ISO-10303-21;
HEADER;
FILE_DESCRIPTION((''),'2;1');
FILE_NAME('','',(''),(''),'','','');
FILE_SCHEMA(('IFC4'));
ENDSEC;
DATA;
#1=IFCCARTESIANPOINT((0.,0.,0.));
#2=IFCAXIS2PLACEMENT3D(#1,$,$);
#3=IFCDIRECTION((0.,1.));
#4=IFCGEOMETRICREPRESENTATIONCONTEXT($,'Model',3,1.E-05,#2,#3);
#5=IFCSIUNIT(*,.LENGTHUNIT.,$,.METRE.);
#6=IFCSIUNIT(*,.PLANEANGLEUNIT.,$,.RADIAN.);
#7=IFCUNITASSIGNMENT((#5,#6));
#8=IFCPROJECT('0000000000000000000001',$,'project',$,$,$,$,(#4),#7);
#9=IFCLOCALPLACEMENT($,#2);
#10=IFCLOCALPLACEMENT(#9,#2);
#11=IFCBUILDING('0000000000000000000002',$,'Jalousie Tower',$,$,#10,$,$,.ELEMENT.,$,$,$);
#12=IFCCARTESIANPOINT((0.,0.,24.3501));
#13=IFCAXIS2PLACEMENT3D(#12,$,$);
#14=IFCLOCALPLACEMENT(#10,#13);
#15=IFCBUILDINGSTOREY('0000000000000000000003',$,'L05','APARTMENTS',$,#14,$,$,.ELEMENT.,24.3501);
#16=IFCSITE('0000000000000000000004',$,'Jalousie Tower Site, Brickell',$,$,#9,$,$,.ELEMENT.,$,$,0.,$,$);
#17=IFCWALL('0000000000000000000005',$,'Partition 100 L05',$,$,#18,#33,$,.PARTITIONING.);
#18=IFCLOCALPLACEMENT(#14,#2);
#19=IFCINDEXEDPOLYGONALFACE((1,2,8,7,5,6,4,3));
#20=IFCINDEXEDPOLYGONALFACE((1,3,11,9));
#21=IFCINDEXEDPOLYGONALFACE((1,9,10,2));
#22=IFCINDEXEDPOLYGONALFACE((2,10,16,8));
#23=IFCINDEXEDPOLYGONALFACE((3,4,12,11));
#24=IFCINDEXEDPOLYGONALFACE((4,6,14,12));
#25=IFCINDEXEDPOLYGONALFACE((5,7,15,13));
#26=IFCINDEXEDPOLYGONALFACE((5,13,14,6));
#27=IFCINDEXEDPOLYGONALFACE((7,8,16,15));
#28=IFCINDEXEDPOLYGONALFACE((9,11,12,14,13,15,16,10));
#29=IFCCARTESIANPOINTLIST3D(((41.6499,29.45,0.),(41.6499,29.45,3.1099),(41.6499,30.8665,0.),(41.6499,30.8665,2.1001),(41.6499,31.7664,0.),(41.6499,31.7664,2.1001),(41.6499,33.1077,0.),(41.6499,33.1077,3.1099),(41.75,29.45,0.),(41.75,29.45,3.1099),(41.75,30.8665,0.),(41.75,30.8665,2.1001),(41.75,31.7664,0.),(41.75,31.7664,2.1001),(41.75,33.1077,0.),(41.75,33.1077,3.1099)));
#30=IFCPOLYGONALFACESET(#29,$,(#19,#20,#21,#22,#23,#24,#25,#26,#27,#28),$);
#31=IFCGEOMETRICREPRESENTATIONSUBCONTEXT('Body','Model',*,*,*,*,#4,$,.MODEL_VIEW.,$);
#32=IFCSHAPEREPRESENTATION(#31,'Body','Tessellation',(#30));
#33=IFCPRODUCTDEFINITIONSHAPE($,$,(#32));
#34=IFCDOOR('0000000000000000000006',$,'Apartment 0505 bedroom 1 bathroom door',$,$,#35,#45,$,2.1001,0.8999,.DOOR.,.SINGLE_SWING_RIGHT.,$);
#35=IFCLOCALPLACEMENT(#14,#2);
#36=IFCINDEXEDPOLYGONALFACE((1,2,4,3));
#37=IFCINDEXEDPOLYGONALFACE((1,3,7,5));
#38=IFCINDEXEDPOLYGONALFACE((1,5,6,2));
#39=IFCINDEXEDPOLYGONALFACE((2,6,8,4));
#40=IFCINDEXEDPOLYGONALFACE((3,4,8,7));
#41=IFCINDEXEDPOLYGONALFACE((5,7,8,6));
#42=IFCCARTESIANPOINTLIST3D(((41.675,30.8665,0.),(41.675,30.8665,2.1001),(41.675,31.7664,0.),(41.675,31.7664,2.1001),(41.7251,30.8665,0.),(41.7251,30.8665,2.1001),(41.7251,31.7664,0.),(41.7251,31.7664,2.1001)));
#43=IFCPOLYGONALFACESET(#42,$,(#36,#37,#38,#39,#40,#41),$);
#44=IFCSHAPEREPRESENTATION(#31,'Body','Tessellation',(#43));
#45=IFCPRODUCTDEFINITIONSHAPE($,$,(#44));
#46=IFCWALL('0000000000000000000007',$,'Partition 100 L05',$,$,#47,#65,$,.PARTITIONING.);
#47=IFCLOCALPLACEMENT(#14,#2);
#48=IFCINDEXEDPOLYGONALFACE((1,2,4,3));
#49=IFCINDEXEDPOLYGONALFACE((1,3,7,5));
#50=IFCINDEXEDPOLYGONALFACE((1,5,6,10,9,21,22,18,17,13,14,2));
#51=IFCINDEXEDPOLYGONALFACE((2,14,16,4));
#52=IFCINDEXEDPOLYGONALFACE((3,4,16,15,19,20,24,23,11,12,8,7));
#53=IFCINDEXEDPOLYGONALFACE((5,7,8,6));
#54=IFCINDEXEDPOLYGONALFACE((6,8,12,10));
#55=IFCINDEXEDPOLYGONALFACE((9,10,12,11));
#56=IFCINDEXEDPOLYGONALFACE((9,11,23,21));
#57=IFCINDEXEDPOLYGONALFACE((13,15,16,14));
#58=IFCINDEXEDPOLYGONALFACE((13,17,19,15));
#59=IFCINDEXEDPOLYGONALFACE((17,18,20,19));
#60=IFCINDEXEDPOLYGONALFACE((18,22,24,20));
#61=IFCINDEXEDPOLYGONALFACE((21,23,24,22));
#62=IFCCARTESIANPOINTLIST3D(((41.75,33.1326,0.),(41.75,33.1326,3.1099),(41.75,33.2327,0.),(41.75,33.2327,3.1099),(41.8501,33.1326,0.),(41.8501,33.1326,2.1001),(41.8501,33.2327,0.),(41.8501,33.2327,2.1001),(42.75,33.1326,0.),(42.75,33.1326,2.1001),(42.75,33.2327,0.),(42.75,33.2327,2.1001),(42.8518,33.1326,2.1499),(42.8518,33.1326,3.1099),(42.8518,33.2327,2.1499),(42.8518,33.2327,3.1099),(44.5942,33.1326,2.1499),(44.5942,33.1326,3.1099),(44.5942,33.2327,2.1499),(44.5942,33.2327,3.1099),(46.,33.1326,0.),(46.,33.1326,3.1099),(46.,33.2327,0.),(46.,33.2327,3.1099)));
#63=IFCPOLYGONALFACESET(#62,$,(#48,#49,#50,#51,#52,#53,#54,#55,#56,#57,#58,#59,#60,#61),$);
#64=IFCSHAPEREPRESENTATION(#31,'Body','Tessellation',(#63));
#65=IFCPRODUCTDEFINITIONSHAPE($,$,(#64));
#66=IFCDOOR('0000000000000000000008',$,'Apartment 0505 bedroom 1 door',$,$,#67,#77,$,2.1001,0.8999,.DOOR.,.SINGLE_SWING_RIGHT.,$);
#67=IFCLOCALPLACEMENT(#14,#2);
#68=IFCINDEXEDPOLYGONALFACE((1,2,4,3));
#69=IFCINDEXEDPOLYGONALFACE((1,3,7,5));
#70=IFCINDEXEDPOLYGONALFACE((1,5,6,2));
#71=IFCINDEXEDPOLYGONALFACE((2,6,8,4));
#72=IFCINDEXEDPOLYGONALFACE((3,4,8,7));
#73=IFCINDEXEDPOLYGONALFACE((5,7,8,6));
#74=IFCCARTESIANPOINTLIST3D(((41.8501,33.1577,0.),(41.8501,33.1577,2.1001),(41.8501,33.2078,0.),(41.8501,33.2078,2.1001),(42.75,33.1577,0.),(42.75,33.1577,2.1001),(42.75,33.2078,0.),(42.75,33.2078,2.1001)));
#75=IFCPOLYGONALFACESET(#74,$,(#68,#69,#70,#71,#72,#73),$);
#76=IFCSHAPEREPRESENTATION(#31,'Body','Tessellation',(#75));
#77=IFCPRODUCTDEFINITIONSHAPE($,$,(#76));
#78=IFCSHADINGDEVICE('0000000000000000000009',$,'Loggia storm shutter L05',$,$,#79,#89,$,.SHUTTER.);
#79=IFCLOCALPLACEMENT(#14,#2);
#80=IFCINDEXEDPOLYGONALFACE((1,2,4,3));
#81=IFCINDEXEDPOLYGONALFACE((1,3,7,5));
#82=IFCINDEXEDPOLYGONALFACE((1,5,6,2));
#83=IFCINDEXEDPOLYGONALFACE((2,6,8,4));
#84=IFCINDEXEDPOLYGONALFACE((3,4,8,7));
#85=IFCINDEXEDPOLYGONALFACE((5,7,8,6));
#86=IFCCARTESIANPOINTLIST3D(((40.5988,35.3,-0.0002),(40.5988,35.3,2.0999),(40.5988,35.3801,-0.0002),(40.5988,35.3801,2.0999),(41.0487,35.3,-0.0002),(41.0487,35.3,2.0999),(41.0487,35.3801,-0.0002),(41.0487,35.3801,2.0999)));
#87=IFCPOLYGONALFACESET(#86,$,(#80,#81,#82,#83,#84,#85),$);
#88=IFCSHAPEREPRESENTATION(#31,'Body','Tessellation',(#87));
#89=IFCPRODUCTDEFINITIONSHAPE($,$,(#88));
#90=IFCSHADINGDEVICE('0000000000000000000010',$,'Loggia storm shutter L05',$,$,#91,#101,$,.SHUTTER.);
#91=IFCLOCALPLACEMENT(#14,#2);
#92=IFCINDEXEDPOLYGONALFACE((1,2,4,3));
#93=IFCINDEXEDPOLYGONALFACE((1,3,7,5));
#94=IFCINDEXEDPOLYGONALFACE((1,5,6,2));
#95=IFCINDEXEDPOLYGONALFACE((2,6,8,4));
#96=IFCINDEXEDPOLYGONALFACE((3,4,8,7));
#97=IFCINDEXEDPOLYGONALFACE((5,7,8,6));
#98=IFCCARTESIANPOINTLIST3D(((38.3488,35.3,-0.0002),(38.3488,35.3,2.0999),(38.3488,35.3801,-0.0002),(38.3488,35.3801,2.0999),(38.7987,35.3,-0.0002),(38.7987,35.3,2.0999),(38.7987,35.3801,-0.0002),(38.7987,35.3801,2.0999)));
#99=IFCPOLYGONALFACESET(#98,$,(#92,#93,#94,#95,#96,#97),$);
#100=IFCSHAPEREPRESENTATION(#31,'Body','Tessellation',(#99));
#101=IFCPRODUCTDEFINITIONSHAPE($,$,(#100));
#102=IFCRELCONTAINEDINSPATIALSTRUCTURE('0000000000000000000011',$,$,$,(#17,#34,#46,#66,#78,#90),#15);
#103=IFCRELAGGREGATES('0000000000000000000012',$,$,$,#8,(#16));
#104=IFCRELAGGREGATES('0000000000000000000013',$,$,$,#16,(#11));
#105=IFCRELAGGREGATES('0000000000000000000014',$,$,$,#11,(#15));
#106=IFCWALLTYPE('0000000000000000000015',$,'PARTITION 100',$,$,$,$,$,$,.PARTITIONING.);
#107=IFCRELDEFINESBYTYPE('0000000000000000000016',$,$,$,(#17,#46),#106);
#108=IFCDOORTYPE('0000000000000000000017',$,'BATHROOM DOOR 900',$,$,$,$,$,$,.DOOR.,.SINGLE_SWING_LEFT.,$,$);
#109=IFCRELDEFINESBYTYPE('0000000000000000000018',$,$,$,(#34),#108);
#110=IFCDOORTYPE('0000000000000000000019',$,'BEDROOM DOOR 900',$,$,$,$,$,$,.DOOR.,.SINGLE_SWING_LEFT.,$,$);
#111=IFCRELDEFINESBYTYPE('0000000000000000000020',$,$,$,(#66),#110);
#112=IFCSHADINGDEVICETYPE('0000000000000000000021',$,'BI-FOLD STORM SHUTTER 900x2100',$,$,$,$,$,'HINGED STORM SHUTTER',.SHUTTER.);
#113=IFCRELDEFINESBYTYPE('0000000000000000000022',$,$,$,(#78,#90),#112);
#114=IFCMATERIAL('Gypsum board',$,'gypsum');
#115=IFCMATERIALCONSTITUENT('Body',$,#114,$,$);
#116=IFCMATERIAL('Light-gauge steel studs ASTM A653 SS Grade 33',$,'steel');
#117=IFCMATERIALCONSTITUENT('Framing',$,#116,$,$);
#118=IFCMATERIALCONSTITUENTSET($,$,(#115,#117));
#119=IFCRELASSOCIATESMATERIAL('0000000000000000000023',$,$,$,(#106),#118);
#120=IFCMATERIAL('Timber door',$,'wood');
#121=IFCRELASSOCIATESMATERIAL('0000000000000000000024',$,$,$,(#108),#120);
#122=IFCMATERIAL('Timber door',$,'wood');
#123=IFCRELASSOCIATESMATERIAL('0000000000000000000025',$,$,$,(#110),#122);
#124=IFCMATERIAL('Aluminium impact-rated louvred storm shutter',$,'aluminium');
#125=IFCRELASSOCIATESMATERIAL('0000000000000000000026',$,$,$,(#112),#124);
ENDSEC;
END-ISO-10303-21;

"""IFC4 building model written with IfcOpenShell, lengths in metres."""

from ifc_helpers import new_model, si_unit, direction, frame, frame_2d, origin, origin_2d, place, context, subcontext, project, spatial, polyline, rectangle, outline, extrude, material, constituent, constituent_set, type_object, element, fill, save


model = new_model("IFC4")

# Units and contexts
model_context = context("Model", 3, precision=1e-05, world=origin(), true_north=direction((0.0, 1.0)))
body_context = subcontext(model_context, "Body", "Model", "MODEL_VIEW")
ifc_project = project(units=[si_unit("LENGTHUNIT", "METRE"), si_unit("PLANEANGLEUNIT", "RADIAN")], contexts=[model_context])

# Site, building, storey
site_placement = place(None, origin())
site = spatial("IfcSite", under=ifc_project, at=site_placement, Name="Jalousie Tower Site, Brickell", CompositionType="ELEMENT", RefElevation=0.0)
building_placement = place(site_placement, origin())
building = spatial("IfcBuilding", under=site, at=building_placement, Name="Jalousie Tower", CompositionType="ELEMENT")
storey_placement = place(building_placement, frame((0.0, 0.0, 24.3501)))
storey = spatial("IfcBuildingStorey", under=building, at=storey_placement, Name="L05", Description="APARTMENTS", CompositionType="ELEMENT", Elevation=24.3501)

# Walls, openings, doors
ifc_material_1 = material(Name="Gypsum board", Category="gypsum")
ifc_constituent_1 = constituent(ifc_material_1, Name="Body")
ifc_material_2 = material(Name="Light-gauge steel studs ASTM A653 SS Grade 33", Category="steel")
ifc_constituent_2 = constituent(ifc_material_2, Name="Framing")
ifc_constituent_set_1 = constituent_set(constituents=[ifc_constituent_1, ifc_constituent_2])
wall_type_1 = type_object("IfcWallType", Name="PARTITION 100", PredefinedType="PARTITIONING", material=ifc_constituent_set_1)
wall_1_placement = place(storey_placement, frame((41.7, 33.1077, 0.0), z_axis=(0.0, 0.0, 1.0), x_axis=(0.0, -1.0, 0.0)))
wall_1 = element("IfcWall", 1, at=wall_1_placement, inside=storey, type_object=wall_type_1, Name="Partition 100 L05", PredefinedType="PARTITIONING", context=body_context, shape_type="SweptSolid", body=[
    extrude(rectangle(XDim=3.6577, YDim=0.1001, at=frame_2d((1.8289, 0.0))), origin(), (0.0, 0.0, 1.0), 3.1099),
])
opening_1_placement = place(wall_1_placement, frame((1.3413, 0.0, 0.0)))
opening_1 = element("IfcOpeningElement", 2, at=opening_1_placement, cuts=wall_1, PredefinedType="OPENING", context=body_context, shape_type="SweptSolid", body=[
    extrude(rectangle(XDim=0.8999, YDim=2.1001, at=frame_2d((0.45, 1.05))), frame((0.0, 0.0601, 0.0), z_axis=(0.0, -1.0, 0.0), x_axis=(1.0, 0.0, 0.0)), (0.0, 0.0, 1.0), 0.1201),
])
ifc_material_3 = material(Name="Timber door", Category="wood")
door_type_1 = type_object("IfcDoorType", Name="BATHROOM DOOR 900", OperationType="SINGLE_SWING_LEFT", PredefinedType="DOOR", material=ifc_material_3)
door_1_placement = place(opening_1_placement, frame((0.8999, 0.0, 0.0), z_axis=(0.0, 0.0, 1.0), x_axis=(-1.0, 0.0, 0.0)))
door_1 = element("IfcDoor", 3, at=door_1_placement, inside=storey, type_object=door_type_1, Name="Apartment 0505 bedroom 1 bathroom door", OperationType="SINGLE_SWING_RIGHT", OverallHeight=2.1001, OverallWidth=0.8999, PredefinedType="DOOR", context=body_context, shape_type="SweptSolid", body=[
    extrude(rectangle(XDim=0.8999, YDim=2.1001, at=frame_2d((0.45, 1.05))), frame((0.0, 0.0249, 0.0), z_axis=(0.0, -1.0, 0.0), x_axis=(1.0, 0.0, 0.0)), (0.0, 0.0, 1.0), 0.05),
])
fill(opening_1, door_1)
wall_2_placement = place(storey_placement, frame((41.75, 33.1826, 0.0), z_axis=(0.0, 0.0, 1.0), x_axis=(1.0, 0.0, 0.0)))
wall_2 = element("IfcWall", 4, at=wall_2_placement, inside=storey, type_object=wall_type_1, Name="Partition 100 L05", PredefinedType="PARTITIONING", context=body_context, shape_type="SweptSolid", body=[
    extrude(outline(polyline([(0.0, 0.0), (4.25, 0.0), (4.25, 3.1099), (2.8442, 3.1099), (2.8442, 2.1499), (1.1018, 2.1499), (1.1018, 3.1099), (0.0, 3.1099), (0.0, 0.0)])), frame((0.0, 0.05, 0.0), z_axis=(0.0, -1.0, 0.0), x_axis=(1.0, 0.0, 0.0)), (0.0, 0.0, 1.0), 0.1001),
])
opening_2_placement = place(wall_2_placement, frame((0.1001, 0.0, 0.0)))
opening_2 = element("IfcOpeningElement", 5, at=opening_2_placement, cuts=wall_2, PredefinedType="OPENING", context=body_context, shape_type="SweptSolid", body=[
    extrude(rectangle(XDim=0.8999, YDim=2.1001, at=frame_2d((0.45, 1.05))), frame((0.0, 0.0601, 0.0), z_axis=(0.0, -1.0, 0.0), x_axis=(1.0, 0.0, 0.0)), (0.0, 0.0, 1.0), 0.1201),
])
ifc_material_4 = material(Name="Timber door", Category="wood")
door_type_2 = type_object("IfcDoorType", Name="BEDROOM DOOR 900", OperationType="SINGLE_SWING_LEFT", PredefinedType="DOOR", material=ifc_material_4)
door_2_placement = place(opening_2_placement, frame((0.8999, 0.0, 0.0), z_axis=(0.0, 0.0, 1.0), x_axis=(-1.0, 0.0, 0.0)))
door_2 = element("IfcDoor", 6, at=door_2_placement, inside=storey, type_object=door_type_2, Name="Apartment 0505 bedroom 1 door", OperationType="SINGLE_SWING_RIGHT", OverallHeight=2.1001, OverallWidth=0.8999, PredefinedType="DOOR", context=body_context, shape_type="SweptSolid", body=[
    extrude(rectangle(XDim=0.8999, YDim=2.1001, at=frame_2d((0.45, 1.05))), frame((0.0, 0.0249, 0.0), z_axis=(0.0, -1.0, 0.0), x_axis=(1.0, 0.0, 0.0)), (0.0, 0.0, 1.0), 0.05),
])
fill(opening_2, door_2)

# Shading devices
ifc_material_5 = material(Name="Aluminium impact-rated louvred storm shutter", Category="aluminium")
shading_device_type_1 = type_object("IfcShadingDeviceType", Name="BI-FOLD STORM SHUTTER 900x2100", ElementType="HINGED STORM SHUTTER", PredefinedType="SHUTTER", material=ifc_material_5)
for number, where, z_axis, x_axis, name in (
    (7, (40.8237, 35.3401, -0.0002), (0.0, 0.0, 1.0), (-1.0, 0.0, 0.0), "Loggia storm shutter L05"),
    (8, (38.5737, 35.3401, -0.0002), (0.0, 0.0, 1.0), (-1.0, 0.0, 0.0), "Loggia storm shutter L05"),
):
    element("IfcShadingDevice", number, at=place(storey_placement, frame(where, z_axis=z_axis, x_axis=x_axis)), inside=storey, type_object=shading_device_type_1, Name=name, PredefinedType="SHUTTER", context=body_context, shape_type="SweptSolid", body=[
        extrude(rectangle(XDim=0.45, YDim=0.0801, at=origin_2d()), origin(), (0.0, 0.0, 1.0), 2.1001),
    ])

save(model, "model.ifc")
